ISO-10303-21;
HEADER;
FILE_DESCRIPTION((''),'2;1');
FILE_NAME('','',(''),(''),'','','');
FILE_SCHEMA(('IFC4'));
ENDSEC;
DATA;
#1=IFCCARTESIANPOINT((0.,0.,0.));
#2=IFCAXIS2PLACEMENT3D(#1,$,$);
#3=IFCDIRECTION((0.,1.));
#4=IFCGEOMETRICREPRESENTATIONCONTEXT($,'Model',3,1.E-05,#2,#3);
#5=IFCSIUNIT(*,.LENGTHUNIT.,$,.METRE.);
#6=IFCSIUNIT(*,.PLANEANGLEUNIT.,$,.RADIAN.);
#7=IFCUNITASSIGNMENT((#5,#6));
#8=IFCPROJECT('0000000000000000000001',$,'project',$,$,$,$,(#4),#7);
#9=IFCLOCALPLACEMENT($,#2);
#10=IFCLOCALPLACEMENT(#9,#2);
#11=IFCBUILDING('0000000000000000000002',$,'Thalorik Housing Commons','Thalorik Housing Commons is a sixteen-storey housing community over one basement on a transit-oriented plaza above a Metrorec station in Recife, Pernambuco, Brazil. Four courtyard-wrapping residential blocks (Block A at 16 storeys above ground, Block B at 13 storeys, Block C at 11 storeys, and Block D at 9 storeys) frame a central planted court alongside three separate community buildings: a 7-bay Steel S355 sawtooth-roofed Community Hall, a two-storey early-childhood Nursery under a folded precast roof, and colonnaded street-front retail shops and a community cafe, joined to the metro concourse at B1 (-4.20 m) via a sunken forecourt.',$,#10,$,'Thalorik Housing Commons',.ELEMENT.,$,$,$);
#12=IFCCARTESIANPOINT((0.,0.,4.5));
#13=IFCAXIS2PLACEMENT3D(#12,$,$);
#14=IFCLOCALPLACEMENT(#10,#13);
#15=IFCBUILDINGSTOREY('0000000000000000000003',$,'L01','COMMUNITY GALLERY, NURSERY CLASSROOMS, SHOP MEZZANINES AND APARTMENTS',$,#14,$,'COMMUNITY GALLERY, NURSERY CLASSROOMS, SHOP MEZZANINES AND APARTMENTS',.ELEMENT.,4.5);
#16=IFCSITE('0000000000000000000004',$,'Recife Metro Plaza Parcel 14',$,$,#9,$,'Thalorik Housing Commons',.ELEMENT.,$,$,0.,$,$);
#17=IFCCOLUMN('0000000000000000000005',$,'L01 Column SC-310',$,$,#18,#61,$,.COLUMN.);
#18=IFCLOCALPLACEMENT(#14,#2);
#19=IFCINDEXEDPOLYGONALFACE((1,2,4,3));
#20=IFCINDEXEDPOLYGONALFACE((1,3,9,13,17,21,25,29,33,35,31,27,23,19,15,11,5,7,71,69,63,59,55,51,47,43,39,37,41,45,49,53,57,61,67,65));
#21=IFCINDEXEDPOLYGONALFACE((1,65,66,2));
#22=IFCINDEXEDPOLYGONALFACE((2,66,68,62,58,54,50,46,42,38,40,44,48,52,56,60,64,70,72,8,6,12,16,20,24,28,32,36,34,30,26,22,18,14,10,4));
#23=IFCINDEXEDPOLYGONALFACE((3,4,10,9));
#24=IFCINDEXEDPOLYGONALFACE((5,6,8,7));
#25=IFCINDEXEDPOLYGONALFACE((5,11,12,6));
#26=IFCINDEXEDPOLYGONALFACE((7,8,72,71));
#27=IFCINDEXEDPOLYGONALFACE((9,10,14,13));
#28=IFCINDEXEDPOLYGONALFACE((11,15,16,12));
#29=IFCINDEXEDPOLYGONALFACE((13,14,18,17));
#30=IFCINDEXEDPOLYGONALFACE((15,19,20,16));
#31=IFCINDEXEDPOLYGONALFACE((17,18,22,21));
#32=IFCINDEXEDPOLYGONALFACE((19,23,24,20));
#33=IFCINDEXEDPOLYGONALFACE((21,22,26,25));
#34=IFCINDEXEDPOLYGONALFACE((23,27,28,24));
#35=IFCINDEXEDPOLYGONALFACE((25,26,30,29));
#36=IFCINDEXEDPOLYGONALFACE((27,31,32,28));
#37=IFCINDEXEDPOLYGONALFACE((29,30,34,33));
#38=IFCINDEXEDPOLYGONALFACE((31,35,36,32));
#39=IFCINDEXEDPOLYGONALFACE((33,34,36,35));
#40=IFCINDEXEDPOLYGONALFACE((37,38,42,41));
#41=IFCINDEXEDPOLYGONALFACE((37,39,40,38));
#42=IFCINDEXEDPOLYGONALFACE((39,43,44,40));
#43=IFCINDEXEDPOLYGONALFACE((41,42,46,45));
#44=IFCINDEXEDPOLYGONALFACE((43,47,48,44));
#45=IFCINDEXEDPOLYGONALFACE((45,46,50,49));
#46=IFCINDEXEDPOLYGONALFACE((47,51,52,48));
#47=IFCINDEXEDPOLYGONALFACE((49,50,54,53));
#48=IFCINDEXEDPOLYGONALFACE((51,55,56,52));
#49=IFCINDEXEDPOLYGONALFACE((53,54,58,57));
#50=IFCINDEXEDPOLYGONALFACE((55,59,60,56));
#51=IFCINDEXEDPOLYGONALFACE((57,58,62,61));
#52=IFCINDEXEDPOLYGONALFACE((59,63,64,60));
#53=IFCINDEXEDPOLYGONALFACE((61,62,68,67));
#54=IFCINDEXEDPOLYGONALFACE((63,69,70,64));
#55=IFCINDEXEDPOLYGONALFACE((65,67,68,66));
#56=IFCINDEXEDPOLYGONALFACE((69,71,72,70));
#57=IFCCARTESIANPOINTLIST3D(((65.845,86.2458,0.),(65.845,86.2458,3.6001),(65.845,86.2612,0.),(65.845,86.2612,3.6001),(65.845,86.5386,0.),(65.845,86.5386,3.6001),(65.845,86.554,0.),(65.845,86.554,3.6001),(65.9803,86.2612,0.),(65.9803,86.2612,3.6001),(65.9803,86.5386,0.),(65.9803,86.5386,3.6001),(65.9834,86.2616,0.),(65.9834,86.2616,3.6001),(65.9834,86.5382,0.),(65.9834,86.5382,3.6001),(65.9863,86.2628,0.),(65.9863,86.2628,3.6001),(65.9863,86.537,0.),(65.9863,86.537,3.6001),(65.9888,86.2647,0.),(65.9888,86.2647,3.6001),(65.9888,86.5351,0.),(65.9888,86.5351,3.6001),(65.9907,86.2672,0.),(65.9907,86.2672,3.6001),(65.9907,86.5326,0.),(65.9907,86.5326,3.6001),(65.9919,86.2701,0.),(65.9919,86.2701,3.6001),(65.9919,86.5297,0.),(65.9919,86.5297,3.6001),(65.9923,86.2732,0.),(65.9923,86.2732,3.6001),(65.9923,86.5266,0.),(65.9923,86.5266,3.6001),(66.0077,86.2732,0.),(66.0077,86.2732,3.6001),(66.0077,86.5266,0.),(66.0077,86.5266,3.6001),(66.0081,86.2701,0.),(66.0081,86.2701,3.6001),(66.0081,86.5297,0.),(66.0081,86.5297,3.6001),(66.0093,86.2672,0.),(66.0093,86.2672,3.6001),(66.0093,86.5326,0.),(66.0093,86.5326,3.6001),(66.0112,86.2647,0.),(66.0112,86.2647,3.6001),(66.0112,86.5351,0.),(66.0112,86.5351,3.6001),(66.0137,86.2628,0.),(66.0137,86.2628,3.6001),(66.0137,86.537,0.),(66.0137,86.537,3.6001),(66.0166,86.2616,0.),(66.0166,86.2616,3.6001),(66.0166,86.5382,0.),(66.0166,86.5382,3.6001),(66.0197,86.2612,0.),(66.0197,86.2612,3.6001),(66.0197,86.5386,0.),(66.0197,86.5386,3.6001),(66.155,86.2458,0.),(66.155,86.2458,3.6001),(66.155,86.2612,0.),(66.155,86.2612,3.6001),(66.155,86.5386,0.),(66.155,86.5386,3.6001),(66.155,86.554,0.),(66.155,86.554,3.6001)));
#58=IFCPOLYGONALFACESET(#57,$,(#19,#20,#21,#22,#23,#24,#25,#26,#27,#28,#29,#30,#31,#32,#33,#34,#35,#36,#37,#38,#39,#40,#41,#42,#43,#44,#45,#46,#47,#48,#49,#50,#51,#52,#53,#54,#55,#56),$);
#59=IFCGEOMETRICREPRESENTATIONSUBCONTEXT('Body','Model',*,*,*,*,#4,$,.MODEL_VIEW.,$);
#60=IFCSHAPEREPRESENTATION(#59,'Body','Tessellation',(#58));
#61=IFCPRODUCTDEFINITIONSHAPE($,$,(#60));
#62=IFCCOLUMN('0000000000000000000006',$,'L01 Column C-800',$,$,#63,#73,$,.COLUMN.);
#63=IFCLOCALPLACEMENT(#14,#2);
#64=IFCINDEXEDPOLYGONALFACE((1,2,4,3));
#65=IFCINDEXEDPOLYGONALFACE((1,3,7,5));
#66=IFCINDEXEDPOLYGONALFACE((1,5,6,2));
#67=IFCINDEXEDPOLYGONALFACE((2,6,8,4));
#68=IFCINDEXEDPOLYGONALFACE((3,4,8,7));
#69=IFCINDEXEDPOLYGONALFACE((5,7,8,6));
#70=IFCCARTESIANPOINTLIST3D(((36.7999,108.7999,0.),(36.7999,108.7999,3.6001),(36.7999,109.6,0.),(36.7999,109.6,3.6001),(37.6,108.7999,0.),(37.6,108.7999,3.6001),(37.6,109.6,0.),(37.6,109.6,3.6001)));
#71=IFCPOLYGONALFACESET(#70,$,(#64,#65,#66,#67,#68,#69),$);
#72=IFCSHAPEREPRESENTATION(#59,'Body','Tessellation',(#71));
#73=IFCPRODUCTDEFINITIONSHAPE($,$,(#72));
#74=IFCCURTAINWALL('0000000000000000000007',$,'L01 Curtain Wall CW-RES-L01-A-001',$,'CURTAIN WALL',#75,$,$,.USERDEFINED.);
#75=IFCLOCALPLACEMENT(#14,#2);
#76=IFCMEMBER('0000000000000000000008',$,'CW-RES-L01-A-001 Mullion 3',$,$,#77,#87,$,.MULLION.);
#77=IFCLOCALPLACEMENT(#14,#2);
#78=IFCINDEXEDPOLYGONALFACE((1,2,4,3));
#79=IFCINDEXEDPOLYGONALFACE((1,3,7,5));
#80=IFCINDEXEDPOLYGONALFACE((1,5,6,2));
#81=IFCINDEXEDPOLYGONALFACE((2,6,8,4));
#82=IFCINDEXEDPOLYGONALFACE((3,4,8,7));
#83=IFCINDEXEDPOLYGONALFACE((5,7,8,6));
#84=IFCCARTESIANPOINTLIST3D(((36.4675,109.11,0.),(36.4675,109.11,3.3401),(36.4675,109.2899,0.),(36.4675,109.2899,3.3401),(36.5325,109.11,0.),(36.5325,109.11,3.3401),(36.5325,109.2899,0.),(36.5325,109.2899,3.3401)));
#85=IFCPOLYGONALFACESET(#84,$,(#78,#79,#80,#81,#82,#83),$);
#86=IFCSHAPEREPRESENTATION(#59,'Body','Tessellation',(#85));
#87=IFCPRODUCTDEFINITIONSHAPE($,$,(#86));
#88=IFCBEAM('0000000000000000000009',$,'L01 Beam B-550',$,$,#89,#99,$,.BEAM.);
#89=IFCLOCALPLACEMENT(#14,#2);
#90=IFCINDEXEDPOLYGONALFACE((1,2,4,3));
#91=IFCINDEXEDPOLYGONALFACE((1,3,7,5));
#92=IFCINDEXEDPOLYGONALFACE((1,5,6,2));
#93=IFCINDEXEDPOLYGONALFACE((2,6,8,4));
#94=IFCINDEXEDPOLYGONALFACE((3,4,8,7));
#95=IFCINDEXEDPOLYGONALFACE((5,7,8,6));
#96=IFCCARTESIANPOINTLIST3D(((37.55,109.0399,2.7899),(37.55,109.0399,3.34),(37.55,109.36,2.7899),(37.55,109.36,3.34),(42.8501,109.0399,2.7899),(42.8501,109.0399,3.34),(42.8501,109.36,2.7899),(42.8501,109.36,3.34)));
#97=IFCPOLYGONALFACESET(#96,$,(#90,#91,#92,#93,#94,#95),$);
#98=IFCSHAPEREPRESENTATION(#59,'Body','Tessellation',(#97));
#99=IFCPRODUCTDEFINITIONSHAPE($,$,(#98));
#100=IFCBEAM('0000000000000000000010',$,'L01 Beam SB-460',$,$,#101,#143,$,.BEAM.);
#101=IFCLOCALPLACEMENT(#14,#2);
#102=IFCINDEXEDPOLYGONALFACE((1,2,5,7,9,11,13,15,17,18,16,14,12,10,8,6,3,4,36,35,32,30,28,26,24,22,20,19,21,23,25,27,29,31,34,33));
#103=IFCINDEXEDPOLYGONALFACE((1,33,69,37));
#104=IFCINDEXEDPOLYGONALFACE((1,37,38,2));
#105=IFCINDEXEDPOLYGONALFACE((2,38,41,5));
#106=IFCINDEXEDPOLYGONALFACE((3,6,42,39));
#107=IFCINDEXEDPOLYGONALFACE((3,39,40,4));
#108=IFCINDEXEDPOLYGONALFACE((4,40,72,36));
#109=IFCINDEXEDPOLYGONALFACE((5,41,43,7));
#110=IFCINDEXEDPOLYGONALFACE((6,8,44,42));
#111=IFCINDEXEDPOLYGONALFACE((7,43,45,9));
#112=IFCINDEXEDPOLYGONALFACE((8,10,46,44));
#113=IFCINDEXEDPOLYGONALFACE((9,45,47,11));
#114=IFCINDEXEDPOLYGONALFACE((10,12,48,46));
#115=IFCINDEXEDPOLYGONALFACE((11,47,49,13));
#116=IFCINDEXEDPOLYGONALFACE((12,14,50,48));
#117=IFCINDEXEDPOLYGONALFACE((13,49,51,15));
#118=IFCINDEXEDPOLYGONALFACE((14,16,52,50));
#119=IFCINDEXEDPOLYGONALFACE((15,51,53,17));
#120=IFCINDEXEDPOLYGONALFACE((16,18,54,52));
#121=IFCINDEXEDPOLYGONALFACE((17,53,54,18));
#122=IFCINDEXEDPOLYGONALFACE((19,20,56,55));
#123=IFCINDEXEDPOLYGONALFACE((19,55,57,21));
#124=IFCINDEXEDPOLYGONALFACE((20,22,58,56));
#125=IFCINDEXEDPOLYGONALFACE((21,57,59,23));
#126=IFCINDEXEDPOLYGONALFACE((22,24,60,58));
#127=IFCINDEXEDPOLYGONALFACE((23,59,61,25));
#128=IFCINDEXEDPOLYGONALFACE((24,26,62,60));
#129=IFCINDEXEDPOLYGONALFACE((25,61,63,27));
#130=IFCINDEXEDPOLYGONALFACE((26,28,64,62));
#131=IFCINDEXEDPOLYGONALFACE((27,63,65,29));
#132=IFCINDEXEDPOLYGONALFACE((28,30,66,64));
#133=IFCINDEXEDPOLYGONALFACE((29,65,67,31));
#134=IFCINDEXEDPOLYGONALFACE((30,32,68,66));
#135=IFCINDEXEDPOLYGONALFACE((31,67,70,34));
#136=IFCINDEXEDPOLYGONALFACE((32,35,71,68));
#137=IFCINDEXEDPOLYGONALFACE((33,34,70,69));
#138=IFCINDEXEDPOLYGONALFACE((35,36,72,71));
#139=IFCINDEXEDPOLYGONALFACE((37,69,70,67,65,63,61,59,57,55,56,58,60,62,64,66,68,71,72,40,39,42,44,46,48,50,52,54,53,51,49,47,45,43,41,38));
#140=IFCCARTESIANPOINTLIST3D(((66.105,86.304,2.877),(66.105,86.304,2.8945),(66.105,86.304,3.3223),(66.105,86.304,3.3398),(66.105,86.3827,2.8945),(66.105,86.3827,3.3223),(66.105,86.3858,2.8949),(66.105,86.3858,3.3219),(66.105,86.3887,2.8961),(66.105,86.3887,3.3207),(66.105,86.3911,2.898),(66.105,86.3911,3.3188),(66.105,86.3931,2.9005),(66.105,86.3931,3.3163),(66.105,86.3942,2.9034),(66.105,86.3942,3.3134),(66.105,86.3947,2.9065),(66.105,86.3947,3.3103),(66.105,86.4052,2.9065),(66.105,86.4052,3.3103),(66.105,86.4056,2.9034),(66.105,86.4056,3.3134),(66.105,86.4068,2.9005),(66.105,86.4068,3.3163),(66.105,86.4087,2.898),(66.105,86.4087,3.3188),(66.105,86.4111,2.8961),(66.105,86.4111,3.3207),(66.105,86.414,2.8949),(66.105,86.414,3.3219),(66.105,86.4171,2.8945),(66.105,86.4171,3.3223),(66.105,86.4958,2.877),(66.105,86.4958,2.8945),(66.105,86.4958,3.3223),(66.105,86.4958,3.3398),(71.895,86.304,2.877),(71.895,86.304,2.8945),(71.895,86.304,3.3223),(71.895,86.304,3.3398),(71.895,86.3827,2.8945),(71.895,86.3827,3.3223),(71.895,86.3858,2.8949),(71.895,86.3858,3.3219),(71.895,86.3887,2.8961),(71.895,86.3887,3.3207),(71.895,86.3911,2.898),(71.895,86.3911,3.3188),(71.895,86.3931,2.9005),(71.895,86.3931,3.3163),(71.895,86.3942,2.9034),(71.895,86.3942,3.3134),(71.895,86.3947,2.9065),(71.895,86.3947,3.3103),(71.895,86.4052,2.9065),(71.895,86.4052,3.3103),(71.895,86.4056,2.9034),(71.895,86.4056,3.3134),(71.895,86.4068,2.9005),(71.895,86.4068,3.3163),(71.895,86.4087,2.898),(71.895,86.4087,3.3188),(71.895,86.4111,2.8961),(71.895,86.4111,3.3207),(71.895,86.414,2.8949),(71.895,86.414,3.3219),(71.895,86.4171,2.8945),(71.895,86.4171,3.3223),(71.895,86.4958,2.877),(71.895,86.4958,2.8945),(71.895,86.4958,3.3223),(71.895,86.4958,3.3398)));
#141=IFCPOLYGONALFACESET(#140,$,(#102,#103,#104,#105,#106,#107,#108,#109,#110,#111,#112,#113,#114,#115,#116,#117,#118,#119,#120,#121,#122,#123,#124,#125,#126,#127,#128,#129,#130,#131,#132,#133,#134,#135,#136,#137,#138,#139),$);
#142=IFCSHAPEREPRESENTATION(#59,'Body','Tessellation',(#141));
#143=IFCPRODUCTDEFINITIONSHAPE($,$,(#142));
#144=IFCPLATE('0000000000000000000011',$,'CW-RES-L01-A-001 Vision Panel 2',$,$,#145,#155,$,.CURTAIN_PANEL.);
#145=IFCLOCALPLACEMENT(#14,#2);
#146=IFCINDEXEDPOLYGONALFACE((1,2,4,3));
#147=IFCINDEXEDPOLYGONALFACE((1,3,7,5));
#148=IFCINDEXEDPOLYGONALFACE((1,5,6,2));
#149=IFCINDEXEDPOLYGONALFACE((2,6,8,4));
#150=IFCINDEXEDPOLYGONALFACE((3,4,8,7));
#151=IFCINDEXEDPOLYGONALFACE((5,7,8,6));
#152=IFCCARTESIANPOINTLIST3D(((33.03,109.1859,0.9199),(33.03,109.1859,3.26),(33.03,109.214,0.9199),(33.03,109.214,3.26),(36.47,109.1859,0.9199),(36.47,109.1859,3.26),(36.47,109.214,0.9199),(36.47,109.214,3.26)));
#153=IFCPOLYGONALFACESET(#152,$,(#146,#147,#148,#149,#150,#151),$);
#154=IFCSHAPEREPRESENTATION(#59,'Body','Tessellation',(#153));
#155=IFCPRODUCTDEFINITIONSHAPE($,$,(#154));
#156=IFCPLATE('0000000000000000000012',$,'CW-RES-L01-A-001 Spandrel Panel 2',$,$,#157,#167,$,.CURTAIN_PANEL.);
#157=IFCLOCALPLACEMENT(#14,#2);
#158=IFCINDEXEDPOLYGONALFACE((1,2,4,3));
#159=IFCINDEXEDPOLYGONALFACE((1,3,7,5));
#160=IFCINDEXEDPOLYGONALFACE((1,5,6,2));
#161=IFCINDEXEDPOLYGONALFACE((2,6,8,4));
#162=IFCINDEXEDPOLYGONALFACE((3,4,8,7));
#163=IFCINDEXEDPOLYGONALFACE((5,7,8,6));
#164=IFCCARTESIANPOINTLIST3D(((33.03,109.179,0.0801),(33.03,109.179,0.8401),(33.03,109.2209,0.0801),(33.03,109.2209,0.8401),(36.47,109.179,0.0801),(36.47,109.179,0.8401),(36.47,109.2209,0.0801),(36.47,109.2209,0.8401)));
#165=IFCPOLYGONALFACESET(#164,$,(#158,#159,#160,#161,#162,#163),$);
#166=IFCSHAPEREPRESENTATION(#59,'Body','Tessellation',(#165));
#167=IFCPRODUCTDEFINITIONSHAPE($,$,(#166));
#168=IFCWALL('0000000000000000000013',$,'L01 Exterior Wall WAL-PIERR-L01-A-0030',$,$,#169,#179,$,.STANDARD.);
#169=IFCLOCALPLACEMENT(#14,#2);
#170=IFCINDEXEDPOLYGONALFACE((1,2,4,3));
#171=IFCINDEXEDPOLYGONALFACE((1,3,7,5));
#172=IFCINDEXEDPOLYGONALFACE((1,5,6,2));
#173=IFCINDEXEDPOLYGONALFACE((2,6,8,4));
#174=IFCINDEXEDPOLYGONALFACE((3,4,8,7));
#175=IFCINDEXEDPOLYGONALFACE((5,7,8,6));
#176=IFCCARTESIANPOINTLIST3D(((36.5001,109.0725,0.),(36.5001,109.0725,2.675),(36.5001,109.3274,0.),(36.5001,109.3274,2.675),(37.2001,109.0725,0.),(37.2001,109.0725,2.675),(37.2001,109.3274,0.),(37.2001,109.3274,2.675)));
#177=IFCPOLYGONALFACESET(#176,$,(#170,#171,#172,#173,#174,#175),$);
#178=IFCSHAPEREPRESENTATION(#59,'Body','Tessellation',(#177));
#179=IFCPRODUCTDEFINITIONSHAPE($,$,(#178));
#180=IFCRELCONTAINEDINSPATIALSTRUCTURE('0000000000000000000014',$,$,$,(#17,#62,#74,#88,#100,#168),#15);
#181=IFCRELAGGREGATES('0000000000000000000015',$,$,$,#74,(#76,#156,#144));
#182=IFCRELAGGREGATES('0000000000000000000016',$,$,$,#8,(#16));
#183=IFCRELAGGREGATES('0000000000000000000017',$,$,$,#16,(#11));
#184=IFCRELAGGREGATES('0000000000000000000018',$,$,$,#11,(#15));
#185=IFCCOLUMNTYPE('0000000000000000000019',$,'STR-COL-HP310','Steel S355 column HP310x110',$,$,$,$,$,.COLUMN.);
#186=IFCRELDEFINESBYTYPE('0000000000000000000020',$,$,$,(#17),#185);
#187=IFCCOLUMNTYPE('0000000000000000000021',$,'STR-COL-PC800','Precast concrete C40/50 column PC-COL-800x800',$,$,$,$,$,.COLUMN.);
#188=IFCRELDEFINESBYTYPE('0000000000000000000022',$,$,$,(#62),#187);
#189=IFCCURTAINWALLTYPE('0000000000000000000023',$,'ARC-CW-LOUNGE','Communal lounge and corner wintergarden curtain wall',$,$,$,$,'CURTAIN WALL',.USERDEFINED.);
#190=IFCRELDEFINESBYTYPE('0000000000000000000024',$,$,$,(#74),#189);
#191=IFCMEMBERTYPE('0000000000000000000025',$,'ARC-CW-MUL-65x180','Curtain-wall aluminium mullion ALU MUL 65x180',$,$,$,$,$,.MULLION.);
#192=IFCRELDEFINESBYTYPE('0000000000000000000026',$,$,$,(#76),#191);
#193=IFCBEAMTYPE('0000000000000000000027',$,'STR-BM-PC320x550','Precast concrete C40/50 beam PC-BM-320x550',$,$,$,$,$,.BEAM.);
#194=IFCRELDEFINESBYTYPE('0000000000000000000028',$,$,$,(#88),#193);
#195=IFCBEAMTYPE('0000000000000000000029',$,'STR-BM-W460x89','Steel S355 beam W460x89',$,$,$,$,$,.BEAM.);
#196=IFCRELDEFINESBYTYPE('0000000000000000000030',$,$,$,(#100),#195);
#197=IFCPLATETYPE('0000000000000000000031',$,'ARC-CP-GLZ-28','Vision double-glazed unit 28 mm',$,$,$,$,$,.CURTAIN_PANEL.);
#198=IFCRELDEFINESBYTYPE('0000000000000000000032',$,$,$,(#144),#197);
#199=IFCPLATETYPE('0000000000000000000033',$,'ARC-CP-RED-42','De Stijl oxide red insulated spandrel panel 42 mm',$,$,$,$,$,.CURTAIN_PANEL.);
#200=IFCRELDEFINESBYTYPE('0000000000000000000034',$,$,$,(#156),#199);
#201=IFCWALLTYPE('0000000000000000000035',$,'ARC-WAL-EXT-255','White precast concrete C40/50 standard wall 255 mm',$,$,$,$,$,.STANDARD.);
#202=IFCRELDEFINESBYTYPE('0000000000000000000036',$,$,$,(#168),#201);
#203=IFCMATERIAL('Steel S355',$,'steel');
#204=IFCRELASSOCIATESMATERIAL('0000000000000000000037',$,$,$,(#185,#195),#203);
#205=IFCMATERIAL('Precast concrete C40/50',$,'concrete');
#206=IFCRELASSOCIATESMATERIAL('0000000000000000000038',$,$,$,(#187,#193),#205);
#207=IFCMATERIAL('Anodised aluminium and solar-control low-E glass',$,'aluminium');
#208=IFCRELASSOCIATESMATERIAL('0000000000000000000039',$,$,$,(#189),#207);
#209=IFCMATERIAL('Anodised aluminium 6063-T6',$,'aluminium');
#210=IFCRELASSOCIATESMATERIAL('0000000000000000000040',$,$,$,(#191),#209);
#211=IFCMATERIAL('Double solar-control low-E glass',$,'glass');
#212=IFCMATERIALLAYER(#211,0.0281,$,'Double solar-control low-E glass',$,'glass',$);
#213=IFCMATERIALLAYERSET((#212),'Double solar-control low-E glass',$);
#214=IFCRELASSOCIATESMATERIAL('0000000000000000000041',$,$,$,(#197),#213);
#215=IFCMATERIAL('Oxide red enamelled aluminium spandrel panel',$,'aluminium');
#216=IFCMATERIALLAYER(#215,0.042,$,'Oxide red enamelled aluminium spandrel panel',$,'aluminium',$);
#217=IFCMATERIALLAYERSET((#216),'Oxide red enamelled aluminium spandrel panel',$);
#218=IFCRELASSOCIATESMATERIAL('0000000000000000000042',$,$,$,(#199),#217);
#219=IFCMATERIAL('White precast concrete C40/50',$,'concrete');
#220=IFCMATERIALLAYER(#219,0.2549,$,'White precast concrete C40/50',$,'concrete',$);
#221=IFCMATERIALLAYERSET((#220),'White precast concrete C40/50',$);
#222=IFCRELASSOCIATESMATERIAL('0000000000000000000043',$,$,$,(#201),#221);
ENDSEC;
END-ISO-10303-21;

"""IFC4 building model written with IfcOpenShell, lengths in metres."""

from ifc_helpers import new_model, si_unit, direction, frame, frame_2d, origin, origin_2d, place, context, subcontext, project, spatial, rectangle, i_section, extrude, material, layer, layer_set, material_profile, profile_set, type_object, element, aggregate, save


model = new_model("IFC4")

# Units and contexts
model_context = context("Model", 3, precision=1e-05, world=origin(), true_north=direction((0.0, 1.0)))
body_context = subcontext(model_context, "Body", "Model", "MODEL_VIEW")
ifc_project = project(units=[si_unit("LENGTHUNIT", "METRE"), si_unit("PLANEANGLEUNIT", "RADIAN")], contexts=[model_context])

# Site, building, storey
site_placement = place(None, origin())
site = spatial("IfcSite", under=ifc_project, at=site_placement, Name="Recife Metro Plaza Parcel 14", LongName="Thalorik Housing Commons", CompositionType="ELEMENT", RefElevation=0.0)
building_placement = place(site_placement, origin())
building = spatial("IfcBuilding", under=site, at=building_placement, Name="Thalorik Housing Commons", Description="Thalorik Housing Commons is a sixteen-storey housing community over one basement on a transit-oriented plaza above a Metrorec station in Recife, Pernambuco, Brazil. Four courtyard-wrapping residential blocks (Block A at 16 storeys above ground, Block B at 13 storeys, Block C at 11 storeys, and Block D at 9 storeys) frame a central planted court alongside three separate community buildings: a 7-bay Steel S355 sawtooth-roofed Community Hall, a two-storey early-childhood Nursery under a folded precast roof, and colonnaded street-front retail shops and a community cafe, joined to the metro concourse at B1 (-4.20 m) via a sunken forecourt.", LongName="Thalorik Housing Commons", CompositionType="ELEMENT")
storey_placement = place(building_placement, frame((0.0, 0.0, 4.5)))
storey = spatial("IfcBuildingStorey", under=building, at=storey_placement, Name="L01", Description="COMMUNITY GALLERY, NURSERY CLASSROOMS, SHOP MEZZANINES AND APARTMENTS", LongName="COMMUNITY GALLERY, NURSERY CLASSROOMS, SHOP MEZZANINES AND APARTMENTS", CompositionType="ELEMENT", Elevation=4.5)

# Columns
ifc_material_1 = material(Name="Steel S355", Category="steel")
ifc_material_profile_1 = material_profile(ifc_material_1, i_section(OverallWidth=0.3101, OverallDepth=0.3081, WebThickness=0.0154, FlangeThickness=0.0154, FilletRadius=0.012, at=origin_2d()), Name="HP310x110", Category="steel")
ifc_profile_set_1 = profile_set([ifc_material_profile_1], Name="Steel S355")
column_type_1 = type_object("IfcColumnType", Name="STR-COL-HP310", Description="Steel S355 column HP310x110", PredefinedType="COLUMN", material=ifc_profile_set_1)
column_1_placement = place(storey_placement, frame((66.0, 86.3999, 0.0), z_axis=(0.0, 0.0, 1.0), x_axis=(1.0, 0.0, 0.0)))
element("IfcColumn", 1, at=column_1_placement, inside=storey, type_object=column_type_1, Name="L01 Column SC-310", PredefinedType="COLUMN", context=body_context, shape_type="SweptSolid", body=[
    extrude(i_section(OverallWidth=0.3101, OverallDepth=0.3081, WebThickness=0.0154, FlangeThickness=0.0154, FilletRadius=0.012, at=origin_2d()), origin(), (0.0, 0.0, 1.0), 3.6001),
])
ifc_material_2 = material(Name="Precast concrete C40/50", Category="concrete")
ifc_material_profile_2 = material_profile(ifc_material_2, rectangle(XDim=0.8, YDim=0.8, at=origin_2d()), Name="PC 800x800", Category="concrete")
ifc_profile_set_2 = profile_set([ifc_material_profile_2], Name="Precast concrete C40/50")
column_type_2 = type_object("IfcColumnType", Name="STR-COL-PC800", Description="Precast concrete C40/50 column PC-COL-800x800", PredefinedType="COLUMN", material=ifc_profile_set_2)
column_2_placement = place(storey_placement, frame((37.2, 109.2, 0.0), z_axis=(0.0, 0.0, 1.0), x_axis=(1.0, 0.0, 0.0)))
element("IfcColumn", 2, at=column_2_placement, inside=storey, type_object=column_type_2, Name="L01 Column C-800", PredefinedType="COLUMN", context=body_context, shape_type="SweptSolid", body=[
    extrude(rectangle(XDim=0.8, YDim=0.8, at=origin_2d()), origin(), (0.0, 0.0, 1.0), 3.6001),
])

# Curtain wall, member
ifc_material_3 = material(Name="Anodised aluminium and solar-control low-E glass", Category="aluminium")
curtain_wall_type = type_object("IfcCurtainWallType", Name="ARC-CW-LOUNGE", Description="Communal lounge and corner wintergarden curtain wall", ElementType="CURTAIN WALL", PredefinedType="USERDEFINED", material=ifc_material_3)
curtain_wall_placement = place(storey_placement, origin())
curtain_wall = element("IfcCurtainWall", 3, at=curtain_wall_placement, inside=storey, type_object=curtain_wall_type, Name="L01 Curtain Wall CW-RES-L01-A-001", ObjectType="CURTAIN WALL", PredefinedType="USERDEFINED")
ifc_material_4 = material(Name="Anodised aluminium 6063-T6", Category="aluminium")
ifc_material_profile_3 = material_profile(ifc_material_4, rectangle(XDim=0.0649, YDim=0.1799, at=origin_2d()), Name="ALU MUL 65x180", Category="aluminium")
ifc_profile_set_3 = profile_set([ifc_material_profile_3], Name="Anodised aluminium 6063-T6")
member_type = type_object("IfcMemberType", Name="ARC-CW-MUL-65x180", Description="Curtain-wall aluminium mullion ALU MUL 65x180", PredefinedType="MULLION", material=ifc_profile_set_3)
member_placement = place(storey_placement, frame((36.5, 109.2, 0.0), z_axis=(0.0, 0.0, 1.0), x_axis=(1.0, 0.0, 0.0)))
member = element("IfcMember", 4, at=member_placement, type_object=member_type, Name="CW-RES-L01-A-001 Mullion 3", PredefinedType="MULLION", context=body_context, shape_type="SweptSolid", body=[
    extrude(rectangle(XDim=0.0649, YDim=0.1799, at=origin_2d()), origin(), (0.0, 0.0, 1.0), 3.3401),
])

# Beams
ifc_material_profile_4 = material_profile(ifc_material_2, rectangle(XDim=0.3201, YDim=0.55, at=origin_2d()), Name="PC 320x550", Category="concrete")
ifc_profile_set_4 = profile_set([ifc_material_profile_4], Name="Precast concrete C40/50")
beam_type_1 = type_object("IfcBeamType", Name="STR-BM-PC320x550", Description="Precast concrete C40/50 beam PC-BM-320x550", PredefinedType="BEAM", material=ifc_profile_set_4)
beam_1_placement = place(storey_placement, frame((37.55, 109.2, 3.0649), z_axis=(1.0, 0.0, 0.0), x_axis=(0.0, 1.0, 0.0)))
element("IfcBeam", 5, at=beam_1_placement, inside=storey, type_object=beam_type_1, Name="L01 Beam B-550", PredefinedType="BEAM", context=body_context, shape_type="SweptSolid", body=[
    extrude(rectangle(XDim=0.3201, YDim=0.55, at=origin_2d()), origin(), (0.0, 0.0, 1.0), 5.3),
])
ifc_material_profile_5 = material_profile(ifc_material_1, i_section(OverallWidth=0.1919, OverallDepth=0.4629, WebThickness=0.0105, FlangeThickness=0.0176, FilletRadius=0.012, at=origin_2d()), Name="W460x89", Category="steel")
ifc_profile_set_5 = profile_set([ifc_material_profile_5], Name="Steel S355")
beam_type_2 = type_object("IfcBeamType", Name="STR-BM-W460x89", Description="Steel S355 beam W460x89", PredefinedType="BEAM", material=ifc_profile_set_5)
beam_2_placement = place(storey_placement, frame((66.105, 86.3999, 3.1084), z_axis=(1.0, 0.0, 0.0), x_axis=(0.0, 1.0, 0.0)))
element("IfcBeam", 6, at=beam_2_placement, inside=storey, type_object=beam_type_2, Name="L01 Beam SB-460", PredefinedType="BEAM", context=body_context, shape_type="SweptSolid", body=[
    extrude(i_section(OverallWidth=0.1919, OverallDepth=0.4629, WebThickness=0.0105, FlangeThickness=0.0176, FilletRadius=0.012, at=origin_2d()), origin(), (0.0, 0.0, 1.0), 5.79),
])

# Plates
ifc_material_5 = material(Name="Double solar-control low-E glass", Category="glass")
ifc_layer_1 = layer(ifc_material_5, 0.0281, Name="Double solar-control low-E glass", Category="glass")
ifc_layer_set_1 = layer_set([ifc_layer_1], Name="Double solar-control low-E glass")
plate_type_1 = type_object("IfcPlateType", Name="ARC-CP-GLZ-28", Description="Vision double-glazed unit 28 mm", PredefinedType="CURTAIN_PANEL", material=ifc_layer_set_1)
plate_1_placement = place(storey_placement, frame((34.75, 109.2, 0.9199), z_axis=(0.0, 0.0, 1.0), x_axis=(1.0, 0.0, 0.0)))
plate_1 = element("IfcPlate", 7, at=plate_1_placement, type_object=plate_type_1, Name="CW-RES-L01-A-001 Vision Panel 2", PredefinedType="CURTAIN_PANEL", context=body_context, shape_type="SweptSolid", body=[
    extrude(rectangle(XDim=3.4399, YDim=0.0281, at=origin_2d()), origin(), (0.0, 0.0, 1.0), 2.3401),
])
ifc_material_6 = material(Name="Oxide red enamelled aluminium spandrel panel", Category="aluminium")
ifc_layer_2 = layer(ifc_material_6, 0.042, Name="Oxide red enamelled aluminium spandrel panel", Category="aluminium")
ifc_layer_set_2 = layer_set([ifc_layer_2], Name="Oxide red enamelled aluminium spandrel panel")
plate_type_2 = type_object("IfcPlateType", Name="ARC-CP-RED-42", Description="De Stijl oxide red insulated spandrel panel 42 mm", PredefinedType="CURTAIN_PANEL", material=ifc_layer_set_2)
plate_2_placement = place(storey_placement, frame((34.75, 109.2, 0.0801), z_axis=(0.0, 0.0, 1.0), x_axis=(1.0, 0.0, 0.0)))
plate_2 = element("IfcPlate", 8, at=plate_2_placement, type_object=plate_type_2, Name="CW-RES-L01-A-001 Spandrel Panel 2", PredefinedType="CURTAIN_PANEL", context=body_context, shape_type="SweptSolid", body=[
    extrude(rectangle(XDim=3.4399, YDim=0.042, at=origin_2d()), origin(), (0.0, 0.0, 1.0), 0.76),
])
aggregate(curtain_wall, [member, plate_2, plate_1])

# Wall
ifc_material_7 = material(Name="White precast concrete C40/50", Category="concrete")
ifc_layer_3 = layer(ifc_material_7, 0.2549, Name="White precast concrete C40/50", Category="concrete")
ifc_layer_set_3 = layer_set([ifc_layer_3], Name="White precast concrete C40/50")
wall_type_1 = type_object("IfcWallType", Name="ARC-WAL-EXT-255", Description="White precast concrete C40/50 standard wall 255 mm", PredefinedType="STANDARD", material=ifc_layer_set_3)
wall_1_placement = place(storey_placement, frame((36.5, 109.2, 0.0), z_axis=(0.0, 0.0, 1.0), x_axis=(1.0, 0.0, 0.0)))
element("IfcWall", 9, at=wall_1_placement, inside=storey, type_object=wall_type_1, Name="L01 Exterior Wall WAL-PIERR-L01-A-0030", PredefinedType="STANDARD", context=body_context, shape_type="SweptSolid", body=[
    extrude(rectangle(XDim=0.7, YDim=0.2549, at=frame_2d((0.3501, 0.0))), origin(), (0.0, 0.0, 1.0), 2.675),
])

save(model, "model.ifc")
